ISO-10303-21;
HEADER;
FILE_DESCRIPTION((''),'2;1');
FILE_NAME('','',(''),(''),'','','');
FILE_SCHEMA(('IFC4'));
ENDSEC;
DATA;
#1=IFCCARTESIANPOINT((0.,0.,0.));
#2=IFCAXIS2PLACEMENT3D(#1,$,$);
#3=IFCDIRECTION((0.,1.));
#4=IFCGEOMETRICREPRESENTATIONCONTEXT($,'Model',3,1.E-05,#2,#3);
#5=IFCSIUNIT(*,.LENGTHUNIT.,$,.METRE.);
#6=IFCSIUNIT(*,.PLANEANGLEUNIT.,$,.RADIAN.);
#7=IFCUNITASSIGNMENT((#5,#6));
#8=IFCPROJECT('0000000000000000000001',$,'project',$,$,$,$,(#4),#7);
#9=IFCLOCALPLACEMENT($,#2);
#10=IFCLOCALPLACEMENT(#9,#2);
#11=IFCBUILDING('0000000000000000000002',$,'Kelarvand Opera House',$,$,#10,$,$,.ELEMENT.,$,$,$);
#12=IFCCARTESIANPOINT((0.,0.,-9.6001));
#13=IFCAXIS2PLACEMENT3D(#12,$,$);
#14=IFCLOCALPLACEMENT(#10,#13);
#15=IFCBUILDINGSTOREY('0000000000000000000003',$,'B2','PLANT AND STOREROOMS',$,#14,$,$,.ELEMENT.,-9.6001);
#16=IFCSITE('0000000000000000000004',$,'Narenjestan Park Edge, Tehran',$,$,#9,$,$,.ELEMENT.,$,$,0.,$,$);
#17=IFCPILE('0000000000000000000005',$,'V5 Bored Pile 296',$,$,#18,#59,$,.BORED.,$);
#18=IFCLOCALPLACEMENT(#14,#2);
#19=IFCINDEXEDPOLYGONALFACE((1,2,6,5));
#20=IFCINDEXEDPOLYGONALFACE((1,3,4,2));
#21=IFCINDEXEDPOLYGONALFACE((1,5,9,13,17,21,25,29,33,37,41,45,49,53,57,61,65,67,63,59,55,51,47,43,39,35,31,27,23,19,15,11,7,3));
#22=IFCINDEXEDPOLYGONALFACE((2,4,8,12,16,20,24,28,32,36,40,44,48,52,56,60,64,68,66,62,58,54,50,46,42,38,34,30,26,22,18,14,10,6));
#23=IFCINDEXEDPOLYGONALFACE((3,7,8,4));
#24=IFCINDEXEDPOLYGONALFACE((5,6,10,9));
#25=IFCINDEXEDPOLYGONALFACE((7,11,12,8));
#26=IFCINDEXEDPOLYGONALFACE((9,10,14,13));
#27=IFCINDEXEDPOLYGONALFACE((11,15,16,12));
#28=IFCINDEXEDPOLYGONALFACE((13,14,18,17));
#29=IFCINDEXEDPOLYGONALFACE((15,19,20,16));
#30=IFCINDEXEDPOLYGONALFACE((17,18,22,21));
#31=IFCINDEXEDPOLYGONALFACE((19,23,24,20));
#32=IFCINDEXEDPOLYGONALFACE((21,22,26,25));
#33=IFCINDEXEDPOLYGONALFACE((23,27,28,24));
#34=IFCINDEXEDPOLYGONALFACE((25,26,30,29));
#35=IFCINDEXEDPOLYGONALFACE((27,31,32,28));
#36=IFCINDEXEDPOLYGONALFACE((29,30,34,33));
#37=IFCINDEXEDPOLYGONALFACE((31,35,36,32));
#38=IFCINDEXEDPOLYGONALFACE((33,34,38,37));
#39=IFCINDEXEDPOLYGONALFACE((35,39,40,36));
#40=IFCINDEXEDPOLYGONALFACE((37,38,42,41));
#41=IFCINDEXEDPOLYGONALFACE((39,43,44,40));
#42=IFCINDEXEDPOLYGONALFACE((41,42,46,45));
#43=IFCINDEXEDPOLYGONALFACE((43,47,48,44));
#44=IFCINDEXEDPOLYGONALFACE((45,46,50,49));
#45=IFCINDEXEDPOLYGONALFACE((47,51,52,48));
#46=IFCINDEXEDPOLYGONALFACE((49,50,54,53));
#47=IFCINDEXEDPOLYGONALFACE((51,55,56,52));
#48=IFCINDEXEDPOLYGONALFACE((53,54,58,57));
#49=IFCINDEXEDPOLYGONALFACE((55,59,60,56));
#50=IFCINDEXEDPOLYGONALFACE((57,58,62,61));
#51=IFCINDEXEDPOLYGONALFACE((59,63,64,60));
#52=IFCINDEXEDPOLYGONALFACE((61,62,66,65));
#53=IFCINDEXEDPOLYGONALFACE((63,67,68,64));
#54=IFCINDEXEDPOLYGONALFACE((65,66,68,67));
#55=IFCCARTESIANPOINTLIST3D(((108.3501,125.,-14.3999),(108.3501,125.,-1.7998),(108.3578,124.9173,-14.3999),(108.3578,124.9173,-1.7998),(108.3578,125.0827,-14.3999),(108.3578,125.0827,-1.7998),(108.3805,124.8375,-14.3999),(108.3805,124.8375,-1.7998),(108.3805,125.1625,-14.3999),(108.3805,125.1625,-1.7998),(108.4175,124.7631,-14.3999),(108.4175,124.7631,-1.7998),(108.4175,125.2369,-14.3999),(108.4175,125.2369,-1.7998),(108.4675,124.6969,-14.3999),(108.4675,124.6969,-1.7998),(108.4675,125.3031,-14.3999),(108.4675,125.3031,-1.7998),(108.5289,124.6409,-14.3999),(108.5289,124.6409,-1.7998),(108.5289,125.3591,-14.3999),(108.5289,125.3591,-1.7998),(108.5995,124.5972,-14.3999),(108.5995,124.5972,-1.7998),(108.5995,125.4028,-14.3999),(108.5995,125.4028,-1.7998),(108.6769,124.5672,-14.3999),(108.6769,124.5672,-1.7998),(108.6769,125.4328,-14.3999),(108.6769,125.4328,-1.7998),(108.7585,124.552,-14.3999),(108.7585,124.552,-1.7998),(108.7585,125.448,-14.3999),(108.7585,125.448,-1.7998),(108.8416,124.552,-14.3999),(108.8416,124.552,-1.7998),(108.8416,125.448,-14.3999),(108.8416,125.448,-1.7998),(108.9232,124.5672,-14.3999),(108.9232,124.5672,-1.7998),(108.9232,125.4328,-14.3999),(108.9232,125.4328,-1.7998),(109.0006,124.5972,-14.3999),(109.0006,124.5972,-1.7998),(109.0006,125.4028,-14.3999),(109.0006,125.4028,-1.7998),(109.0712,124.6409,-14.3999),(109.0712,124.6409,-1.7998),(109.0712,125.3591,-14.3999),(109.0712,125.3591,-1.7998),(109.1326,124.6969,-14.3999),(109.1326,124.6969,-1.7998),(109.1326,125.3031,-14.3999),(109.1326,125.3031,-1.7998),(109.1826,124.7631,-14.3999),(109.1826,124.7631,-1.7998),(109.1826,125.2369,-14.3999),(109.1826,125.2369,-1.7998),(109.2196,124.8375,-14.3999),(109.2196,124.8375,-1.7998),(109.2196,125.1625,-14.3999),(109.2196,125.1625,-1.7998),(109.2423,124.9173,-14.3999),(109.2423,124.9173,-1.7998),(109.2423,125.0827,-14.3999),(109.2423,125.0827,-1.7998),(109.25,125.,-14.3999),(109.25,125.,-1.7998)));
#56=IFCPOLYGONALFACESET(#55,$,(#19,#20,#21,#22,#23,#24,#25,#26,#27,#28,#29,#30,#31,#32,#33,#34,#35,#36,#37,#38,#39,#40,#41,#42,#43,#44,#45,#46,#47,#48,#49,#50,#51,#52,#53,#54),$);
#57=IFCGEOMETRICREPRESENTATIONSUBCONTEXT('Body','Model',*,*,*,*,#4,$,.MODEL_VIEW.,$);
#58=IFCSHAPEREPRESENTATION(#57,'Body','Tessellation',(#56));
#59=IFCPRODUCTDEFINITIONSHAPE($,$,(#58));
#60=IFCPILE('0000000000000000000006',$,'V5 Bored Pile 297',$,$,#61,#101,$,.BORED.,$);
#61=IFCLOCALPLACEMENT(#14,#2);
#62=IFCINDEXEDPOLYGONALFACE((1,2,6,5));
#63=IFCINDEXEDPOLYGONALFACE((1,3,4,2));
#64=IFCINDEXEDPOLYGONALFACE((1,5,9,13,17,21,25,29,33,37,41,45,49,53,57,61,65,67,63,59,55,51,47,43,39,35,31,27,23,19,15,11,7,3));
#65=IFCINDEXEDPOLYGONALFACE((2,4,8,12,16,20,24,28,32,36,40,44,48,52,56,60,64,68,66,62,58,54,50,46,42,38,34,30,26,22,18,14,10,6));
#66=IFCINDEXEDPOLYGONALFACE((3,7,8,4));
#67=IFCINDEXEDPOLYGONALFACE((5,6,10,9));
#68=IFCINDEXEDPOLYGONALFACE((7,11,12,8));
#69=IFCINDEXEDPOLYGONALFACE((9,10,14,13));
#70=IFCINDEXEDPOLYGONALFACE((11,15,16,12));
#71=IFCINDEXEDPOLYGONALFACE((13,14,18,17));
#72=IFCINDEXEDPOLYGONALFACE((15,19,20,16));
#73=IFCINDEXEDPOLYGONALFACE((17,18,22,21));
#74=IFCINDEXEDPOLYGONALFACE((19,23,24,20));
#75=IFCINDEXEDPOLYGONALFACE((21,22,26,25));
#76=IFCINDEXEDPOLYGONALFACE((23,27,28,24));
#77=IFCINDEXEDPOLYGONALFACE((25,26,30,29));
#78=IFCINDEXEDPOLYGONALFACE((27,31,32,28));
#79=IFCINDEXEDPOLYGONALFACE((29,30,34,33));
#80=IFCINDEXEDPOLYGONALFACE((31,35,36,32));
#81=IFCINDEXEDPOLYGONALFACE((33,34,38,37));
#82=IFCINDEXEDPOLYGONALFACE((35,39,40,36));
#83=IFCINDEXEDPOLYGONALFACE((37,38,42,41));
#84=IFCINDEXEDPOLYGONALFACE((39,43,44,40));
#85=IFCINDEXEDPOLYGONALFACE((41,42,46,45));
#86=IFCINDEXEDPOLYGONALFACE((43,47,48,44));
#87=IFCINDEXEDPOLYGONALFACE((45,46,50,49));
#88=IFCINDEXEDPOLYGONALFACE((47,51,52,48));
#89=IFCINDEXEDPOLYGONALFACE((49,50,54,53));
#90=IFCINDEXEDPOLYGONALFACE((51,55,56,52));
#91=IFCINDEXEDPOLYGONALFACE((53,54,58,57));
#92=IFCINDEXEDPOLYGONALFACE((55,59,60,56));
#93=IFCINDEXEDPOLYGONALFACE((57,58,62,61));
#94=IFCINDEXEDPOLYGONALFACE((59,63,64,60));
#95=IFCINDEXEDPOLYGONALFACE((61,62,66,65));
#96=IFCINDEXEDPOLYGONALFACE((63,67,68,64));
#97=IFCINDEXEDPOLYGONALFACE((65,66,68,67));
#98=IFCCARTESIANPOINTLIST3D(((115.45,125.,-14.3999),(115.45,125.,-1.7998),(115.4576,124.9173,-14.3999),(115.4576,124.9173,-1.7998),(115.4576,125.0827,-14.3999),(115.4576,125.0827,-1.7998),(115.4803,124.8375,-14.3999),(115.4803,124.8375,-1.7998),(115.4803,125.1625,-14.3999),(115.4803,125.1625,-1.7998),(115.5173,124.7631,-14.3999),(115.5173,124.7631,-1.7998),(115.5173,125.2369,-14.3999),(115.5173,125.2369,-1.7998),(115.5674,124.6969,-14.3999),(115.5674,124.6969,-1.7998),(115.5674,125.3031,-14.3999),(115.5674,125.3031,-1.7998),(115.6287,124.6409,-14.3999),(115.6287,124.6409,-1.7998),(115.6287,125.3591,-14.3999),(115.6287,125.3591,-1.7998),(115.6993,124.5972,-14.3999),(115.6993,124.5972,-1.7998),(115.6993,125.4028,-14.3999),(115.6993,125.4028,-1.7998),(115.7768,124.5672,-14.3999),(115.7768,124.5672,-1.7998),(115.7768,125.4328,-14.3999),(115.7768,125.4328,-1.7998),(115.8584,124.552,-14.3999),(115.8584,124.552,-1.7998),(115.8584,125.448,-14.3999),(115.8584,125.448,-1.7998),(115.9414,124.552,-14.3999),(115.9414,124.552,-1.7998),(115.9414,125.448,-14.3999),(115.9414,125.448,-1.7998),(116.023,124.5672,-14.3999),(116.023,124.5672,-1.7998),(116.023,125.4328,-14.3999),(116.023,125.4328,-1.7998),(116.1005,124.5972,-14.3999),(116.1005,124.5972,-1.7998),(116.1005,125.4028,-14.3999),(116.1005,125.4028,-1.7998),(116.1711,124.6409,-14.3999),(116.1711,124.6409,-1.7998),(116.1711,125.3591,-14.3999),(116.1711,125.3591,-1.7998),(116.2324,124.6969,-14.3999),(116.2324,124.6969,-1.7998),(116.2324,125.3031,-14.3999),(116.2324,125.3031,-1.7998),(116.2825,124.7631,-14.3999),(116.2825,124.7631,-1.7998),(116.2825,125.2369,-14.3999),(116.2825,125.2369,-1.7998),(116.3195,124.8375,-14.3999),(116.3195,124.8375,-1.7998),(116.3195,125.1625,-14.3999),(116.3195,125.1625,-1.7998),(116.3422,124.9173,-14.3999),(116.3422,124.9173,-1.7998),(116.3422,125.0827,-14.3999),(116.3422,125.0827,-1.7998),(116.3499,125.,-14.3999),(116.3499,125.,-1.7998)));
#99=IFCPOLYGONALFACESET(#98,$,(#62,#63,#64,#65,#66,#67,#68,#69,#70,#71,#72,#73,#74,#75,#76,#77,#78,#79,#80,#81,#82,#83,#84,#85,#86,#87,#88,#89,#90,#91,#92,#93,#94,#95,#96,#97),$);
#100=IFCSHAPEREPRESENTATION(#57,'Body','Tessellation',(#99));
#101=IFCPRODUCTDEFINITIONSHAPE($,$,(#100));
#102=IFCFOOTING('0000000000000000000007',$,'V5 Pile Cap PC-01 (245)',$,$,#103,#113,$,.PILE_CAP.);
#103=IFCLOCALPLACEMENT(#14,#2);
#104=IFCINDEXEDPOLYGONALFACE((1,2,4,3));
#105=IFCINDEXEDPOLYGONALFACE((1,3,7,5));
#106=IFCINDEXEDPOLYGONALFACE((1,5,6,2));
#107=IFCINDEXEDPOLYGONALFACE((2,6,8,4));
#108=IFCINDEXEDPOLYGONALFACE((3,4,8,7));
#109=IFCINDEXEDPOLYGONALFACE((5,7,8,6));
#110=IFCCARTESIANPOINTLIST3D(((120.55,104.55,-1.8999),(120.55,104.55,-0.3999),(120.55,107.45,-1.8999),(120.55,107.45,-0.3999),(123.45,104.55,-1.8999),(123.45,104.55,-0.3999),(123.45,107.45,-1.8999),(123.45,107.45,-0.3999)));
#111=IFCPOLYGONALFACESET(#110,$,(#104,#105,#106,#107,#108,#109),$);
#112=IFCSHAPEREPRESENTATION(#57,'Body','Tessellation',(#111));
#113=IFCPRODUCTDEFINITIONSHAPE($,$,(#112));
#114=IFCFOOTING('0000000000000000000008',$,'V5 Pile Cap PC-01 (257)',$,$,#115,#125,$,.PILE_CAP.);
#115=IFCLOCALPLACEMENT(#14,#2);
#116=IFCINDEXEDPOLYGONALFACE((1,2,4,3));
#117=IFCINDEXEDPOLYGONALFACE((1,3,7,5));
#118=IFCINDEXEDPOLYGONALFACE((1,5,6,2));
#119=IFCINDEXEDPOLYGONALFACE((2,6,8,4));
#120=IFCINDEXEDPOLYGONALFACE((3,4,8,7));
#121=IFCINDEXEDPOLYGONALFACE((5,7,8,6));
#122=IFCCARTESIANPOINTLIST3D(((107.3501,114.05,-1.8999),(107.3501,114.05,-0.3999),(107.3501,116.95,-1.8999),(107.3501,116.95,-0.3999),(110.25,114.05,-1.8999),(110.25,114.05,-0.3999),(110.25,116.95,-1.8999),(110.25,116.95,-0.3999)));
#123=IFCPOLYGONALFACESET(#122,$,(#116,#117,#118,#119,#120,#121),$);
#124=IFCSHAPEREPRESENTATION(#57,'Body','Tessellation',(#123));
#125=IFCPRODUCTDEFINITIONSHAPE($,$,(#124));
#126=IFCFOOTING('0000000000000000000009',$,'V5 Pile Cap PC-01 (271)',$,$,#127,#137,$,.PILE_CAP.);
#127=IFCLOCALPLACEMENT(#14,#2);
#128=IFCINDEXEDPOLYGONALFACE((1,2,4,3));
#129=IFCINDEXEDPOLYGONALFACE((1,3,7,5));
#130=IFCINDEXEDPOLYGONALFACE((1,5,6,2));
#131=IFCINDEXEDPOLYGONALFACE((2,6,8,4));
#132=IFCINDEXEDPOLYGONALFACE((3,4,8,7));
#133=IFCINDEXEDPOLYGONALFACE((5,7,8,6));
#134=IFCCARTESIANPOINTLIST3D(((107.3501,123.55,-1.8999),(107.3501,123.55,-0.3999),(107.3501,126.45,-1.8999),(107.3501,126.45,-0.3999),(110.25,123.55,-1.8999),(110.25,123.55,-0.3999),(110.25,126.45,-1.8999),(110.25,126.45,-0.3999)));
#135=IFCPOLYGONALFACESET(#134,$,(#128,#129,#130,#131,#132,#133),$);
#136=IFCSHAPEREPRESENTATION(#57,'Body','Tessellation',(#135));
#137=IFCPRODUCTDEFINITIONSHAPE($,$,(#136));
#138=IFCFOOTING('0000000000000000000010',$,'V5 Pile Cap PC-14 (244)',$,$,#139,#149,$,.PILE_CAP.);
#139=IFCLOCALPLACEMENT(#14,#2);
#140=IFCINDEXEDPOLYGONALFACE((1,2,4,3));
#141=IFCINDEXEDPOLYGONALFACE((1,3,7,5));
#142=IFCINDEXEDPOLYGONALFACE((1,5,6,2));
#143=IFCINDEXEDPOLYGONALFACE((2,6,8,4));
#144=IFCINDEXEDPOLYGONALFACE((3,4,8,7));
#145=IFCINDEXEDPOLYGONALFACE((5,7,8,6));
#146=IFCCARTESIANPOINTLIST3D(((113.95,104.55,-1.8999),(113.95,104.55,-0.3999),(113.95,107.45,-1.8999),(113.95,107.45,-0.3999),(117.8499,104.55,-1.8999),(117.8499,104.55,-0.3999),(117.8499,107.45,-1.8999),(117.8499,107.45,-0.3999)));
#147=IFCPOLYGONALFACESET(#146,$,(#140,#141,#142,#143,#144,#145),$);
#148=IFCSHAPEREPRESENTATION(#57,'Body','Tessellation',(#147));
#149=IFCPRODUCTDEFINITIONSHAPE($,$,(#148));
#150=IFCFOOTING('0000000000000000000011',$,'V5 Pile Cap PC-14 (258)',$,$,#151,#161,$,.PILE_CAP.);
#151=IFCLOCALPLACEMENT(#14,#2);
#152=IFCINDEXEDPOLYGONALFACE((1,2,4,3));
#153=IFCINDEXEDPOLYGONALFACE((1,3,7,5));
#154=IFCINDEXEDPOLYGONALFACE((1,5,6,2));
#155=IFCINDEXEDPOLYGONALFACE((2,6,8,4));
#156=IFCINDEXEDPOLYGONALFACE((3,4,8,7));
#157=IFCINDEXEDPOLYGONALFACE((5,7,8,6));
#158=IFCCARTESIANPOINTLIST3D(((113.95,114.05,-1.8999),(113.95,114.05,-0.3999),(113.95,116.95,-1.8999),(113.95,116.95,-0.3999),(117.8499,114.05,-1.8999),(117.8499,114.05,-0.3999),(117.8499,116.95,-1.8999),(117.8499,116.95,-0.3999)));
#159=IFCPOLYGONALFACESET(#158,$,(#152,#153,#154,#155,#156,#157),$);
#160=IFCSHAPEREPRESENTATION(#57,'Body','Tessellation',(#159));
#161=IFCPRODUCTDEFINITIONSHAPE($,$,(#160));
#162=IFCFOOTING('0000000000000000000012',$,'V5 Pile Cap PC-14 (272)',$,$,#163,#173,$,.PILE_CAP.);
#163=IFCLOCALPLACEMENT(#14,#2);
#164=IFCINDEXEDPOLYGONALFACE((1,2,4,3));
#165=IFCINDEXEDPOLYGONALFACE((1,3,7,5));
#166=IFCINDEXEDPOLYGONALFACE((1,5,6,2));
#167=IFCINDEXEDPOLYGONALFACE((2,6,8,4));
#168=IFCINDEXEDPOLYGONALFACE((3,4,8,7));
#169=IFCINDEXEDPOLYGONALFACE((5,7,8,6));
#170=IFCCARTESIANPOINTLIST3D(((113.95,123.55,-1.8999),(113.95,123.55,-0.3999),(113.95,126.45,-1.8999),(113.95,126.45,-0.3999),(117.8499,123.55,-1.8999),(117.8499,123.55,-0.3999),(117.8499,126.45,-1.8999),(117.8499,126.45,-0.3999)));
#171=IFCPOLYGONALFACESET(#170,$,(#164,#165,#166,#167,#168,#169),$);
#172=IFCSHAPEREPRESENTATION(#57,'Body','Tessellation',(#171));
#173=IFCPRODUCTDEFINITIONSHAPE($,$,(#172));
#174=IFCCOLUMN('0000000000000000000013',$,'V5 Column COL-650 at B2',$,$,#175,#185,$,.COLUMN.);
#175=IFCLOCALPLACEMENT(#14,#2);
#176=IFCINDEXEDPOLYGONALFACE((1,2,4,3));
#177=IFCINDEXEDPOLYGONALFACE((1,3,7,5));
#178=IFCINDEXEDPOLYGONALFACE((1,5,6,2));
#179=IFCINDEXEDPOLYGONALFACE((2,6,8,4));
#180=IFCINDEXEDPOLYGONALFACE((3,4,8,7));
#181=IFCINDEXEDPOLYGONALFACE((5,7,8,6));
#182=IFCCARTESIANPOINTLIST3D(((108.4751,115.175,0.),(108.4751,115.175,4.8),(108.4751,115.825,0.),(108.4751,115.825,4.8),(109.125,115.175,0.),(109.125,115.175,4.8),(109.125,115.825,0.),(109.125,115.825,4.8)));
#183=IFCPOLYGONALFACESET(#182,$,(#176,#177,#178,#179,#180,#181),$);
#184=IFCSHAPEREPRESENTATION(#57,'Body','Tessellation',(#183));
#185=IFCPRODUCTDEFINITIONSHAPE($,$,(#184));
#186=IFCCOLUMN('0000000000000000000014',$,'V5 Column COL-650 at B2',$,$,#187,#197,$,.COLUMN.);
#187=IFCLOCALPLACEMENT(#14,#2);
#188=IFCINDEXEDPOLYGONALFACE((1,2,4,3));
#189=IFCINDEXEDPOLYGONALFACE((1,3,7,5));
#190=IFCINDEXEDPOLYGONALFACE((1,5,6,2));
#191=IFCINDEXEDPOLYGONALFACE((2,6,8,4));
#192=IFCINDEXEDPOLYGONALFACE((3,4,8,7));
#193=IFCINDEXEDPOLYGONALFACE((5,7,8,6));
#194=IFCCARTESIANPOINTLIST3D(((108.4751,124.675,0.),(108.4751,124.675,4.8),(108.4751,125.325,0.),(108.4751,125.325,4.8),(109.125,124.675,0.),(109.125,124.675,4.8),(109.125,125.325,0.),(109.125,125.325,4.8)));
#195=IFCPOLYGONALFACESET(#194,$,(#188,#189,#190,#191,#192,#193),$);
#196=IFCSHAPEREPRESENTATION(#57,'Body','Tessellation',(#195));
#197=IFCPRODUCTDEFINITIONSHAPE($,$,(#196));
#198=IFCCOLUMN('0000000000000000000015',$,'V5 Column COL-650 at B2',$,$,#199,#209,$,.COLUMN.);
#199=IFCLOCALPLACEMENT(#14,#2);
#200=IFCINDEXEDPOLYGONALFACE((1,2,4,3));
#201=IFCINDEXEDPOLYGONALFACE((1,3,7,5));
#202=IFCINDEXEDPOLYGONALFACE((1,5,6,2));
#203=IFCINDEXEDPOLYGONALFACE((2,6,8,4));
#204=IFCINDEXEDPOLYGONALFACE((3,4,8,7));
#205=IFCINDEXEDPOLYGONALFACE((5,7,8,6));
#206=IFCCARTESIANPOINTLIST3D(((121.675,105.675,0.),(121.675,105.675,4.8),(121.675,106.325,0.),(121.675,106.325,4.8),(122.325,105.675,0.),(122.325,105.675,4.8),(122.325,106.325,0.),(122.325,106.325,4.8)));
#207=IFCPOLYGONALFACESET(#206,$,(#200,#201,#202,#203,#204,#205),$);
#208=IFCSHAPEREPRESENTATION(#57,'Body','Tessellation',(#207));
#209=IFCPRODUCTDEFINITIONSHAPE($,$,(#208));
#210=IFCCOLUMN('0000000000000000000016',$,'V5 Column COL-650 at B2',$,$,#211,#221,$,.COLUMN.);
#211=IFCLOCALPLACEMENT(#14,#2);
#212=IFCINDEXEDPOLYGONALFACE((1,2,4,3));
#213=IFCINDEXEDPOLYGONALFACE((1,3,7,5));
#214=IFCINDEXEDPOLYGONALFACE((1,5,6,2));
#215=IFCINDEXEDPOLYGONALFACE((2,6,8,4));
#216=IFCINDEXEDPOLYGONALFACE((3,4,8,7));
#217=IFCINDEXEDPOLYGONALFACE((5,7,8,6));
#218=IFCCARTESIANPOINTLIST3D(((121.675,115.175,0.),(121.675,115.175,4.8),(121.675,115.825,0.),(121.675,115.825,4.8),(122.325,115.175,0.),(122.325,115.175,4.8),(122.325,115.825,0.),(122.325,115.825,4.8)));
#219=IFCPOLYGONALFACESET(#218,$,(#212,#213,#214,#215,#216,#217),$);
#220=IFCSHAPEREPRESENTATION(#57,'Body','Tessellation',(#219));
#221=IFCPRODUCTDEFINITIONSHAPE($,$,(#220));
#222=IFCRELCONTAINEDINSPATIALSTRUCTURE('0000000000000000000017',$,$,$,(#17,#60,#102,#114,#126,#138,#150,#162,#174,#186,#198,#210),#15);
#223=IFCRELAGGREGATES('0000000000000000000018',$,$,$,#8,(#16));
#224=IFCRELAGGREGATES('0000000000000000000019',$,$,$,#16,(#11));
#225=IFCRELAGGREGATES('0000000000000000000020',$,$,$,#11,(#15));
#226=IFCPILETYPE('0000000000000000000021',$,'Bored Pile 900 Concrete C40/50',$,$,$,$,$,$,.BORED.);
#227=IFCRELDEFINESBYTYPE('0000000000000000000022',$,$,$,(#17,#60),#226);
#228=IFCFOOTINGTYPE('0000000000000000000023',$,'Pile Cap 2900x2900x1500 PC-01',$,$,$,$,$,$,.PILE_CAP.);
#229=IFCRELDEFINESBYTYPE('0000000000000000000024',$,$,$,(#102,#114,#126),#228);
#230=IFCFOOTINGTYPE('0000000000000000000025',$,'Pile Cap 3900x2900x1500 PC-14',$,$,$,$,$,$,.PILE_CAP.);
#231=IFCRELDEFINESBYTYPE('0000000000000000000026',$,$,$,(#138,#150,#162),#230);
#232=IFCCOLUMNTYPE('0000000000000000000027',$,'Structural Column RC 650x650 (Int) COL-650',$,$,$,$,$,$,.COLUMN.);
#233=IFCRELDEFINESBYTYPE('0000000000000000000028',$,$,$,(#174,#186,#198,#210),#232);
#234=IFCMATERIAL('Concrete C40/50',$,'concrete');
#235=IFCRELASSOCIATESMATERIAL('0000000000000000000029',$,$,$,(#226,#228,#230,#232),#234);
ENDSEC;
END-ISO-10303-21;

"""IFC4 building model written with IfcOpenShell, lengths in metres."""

from ifc_helpers import new_model, si_unit, direction, frame, origin, origin_2d, place, context, subcontext, project, spatial, rectangle, circle, extrude, material, material_profile, profile_set, type_object, element, save


model = new_model("IFC4")

# Units and contexts
model_context = context("Model", 3, precision=1e-05, world=origin(), true_north=direction((0.0, 1.0)))
body_context = subcontext(model_context, "Body", "Model", "MODEL_VIEW")
ifc_project = project(units=[si_unit("LENGTHUNIT", "METRE"), si_unit("PLANEANGLEUNIT", "RADIAN")], contexts=[model_context])

# Site, building, storey
site_placement = place(None, origin())
site = spatial("IfcSite", under=ifc_project, at=site_placement, Name="Narenjestan Park Edge, Tehran", CompositionType="ELEMENT", RefElevation=0.0)
building_placement = place(site_placement, origin())
building = spatial("IfcBuilding", under=site, at=building_placement, Name="Kelarvand Opera House", CompositionType="ELEMENT")
storey_placement = place(building_placement, frame((0.0, 0.0, -9.6001)))
storey = spatial("IfcBuildingStorey", under=building, at=storey_placement, Name="B2", Description="PLANT AND STOREROOMS", CompositionType="ELEMENT", Elevation=-9.6001)

# Piles
ifc_material_1 = material(Name="Concrete C40/50", Category="concrete")
ifc_material_profile_1 = material_profile(ifc_material_1, circle(Radius=0.45, at=origin_2d()), Name="BP 900", Category="concrete")
ifc_profile_set_1 = profile_set([ifc_material_profile_1], Name="Concrete C40/50")
pile_type = type_object("IfcPileType", Name="Bored Pile 900 Concrete C40/50", PredefinedType="BORED", material=ifc_profile_set_1)
for number, where, z_axis, x_axis, name in (
    (1, (108.8, 125.0, -1.7998), (0.0, 0.0, -1.0), (1.0, 0.0, 0.0), "V5 Bored Pile 296"),
    (2, (115.8999, 125.0, -1.7998), (0.0, 0.0, -1.0), (1.0, 0.0, 0.0), "V5 Bored Pile 297"),
):
    element("IfcPile", number, at=place(storey_placement, frame(where, z_axis=z_axis, x_axis=x_axis)), inside=storey, type_object=pile_type, Name=name, PredefinedType="BORED", context=body_context, shape_type="SweptSolid", body=[
        extrude(circle(Radius=0.45, at=origin_2d()), origin(), (0.0, 0.0, 1.0), 12.6001),
    ])

# Footings
footing_type_1 = type_object("IfcFootingType", Name="Pile Cap 2900x2900x1500 PC-01", PredefinedType="PILE_CAP", material=ifc_material_1)
for number, where, z_axis, x_axis, name in (
    (3, (122.0, 106.0, -1.8999), (0.0, 0.0, 1.0), (1.0, 0.0, 0.0), "V5 Pile Cap PC-01 (245)"),
    (4, (108.8, 115.5, -1.8999), (0.0, 0.0, 1.0), (1.0, 0.0, 0.0), "V5 Pile Cap PC-01 (257)"),
    (5, (108.8, 125.0, -1.8999), (0.0, 0.0, 1.0), (1.0, 0.0, 0.0), "V5 Pile Cap PC-01 (271)"),
):
    element("IfcFooting", number, at=place(storey_placement, frame(where, z_axis=z_axis, x_axis=x_axis)), inside=storey, type_object=footing_type_1, Name=name, PredefinedType="PILE_CAP", context=body_context, shape_type="SweptSolid", body=[
        extrude(rectangle(XDim=2.8999, YDim=2.8999, at=origin_2d()), origin(), (0.0, 0.0, 1.0), 1.5),
    ])
footing_type_2 = type_object("IfcFootingType", Name="Pile Cap 3900x2900x1500 PC-14", PredefinedType="PILE_CAP", material=ifc_material_1)
for number, where, z_axis, x_axis, name in (
    (6, (115.8999, 106.0, -1.8999), (0.0, 0.0, 1.0), (1.0, 0.0, 0.0), "V5 Pile Cap PC-14 (244)"),
    (7, (115.8999, 115.5, -1.8999), (0.0, 0.0, 1.0), (1.0, 0.0, 0.0), "V5 Pile Cap PC-14 (258)"),
    (8, (115.8999, 125.0, -1.8999), (0.0, 0.0, 1.0), (1.0, 0.0, 0.0), "V5 Pile Cap PC-14 (272)"),
):
    element("IfcFooting", number, at=place(storey_placement, frame(where, z_axis=z_axis, x_axis=x_axis)), inside=storey, type_object=footing_type_2, Name=name, PredefinedType="PILE_CAP", context=body_context, shape_type="SweptSolid", body=[
        extrude(rectangle(XDim=3.8999, YDim=2.8999, at=origin_2d()), origin(), (0.0, 0.0, 1.0), 1.5),
    ])

# Columns
ifc_material_profile_2 = material_profile(ifc_material_1, rectangle(XDim=0.6499, YDim=0.6499, at=origin_2d()), Name="RC 650x650", Category="concrete")
ifc_profile_set_2 = profile_set([ifc_material_profile_2], Name="Concrete C40/50")
column_type_1 = type_object("IfcColumnType", Name="Structural Column RC 650x650 (Int) COL-650", PredefinedType="COLUMN", material=ifc_profile_set_2)
for number, where, z_axis, x_axis, name in (
    (9, (108.8, 115.5, 0.0), (0.0, 0.0, 1.0), (1.0, 0.0, 0.0), "V5 Column COL-650 at B2"),
    (10, (108.8, 125.0, 0.0), (0.0, 0.0, 1.0), (1.0, 0.0, 0.0), "V5 Column COL-650 at B2"),
    (11, (122.0, 106.0, 0.0), (0.0, 0.0, 1.0), (1.0, 0.0, 0.0), "V5 Column COL-650 at B2"),
    (12, (122.0, 115.5, 0.0), (0.0, 0.0, 1.0), (1.0, 0.0, 0.0), "V5 Column COL-650 at B2"),
):
    element("IfcColumn", number, at=place(storey_placement, frame(where, z_axis=z_axis, x_axis=x_axis)), inside=storey, type_object=column_type_1, Name=name, PredefinedType="COLUMN", context=body_context, shape_type="SweptSolid", body=[
        extrude(rectangle(XDim=0.6499, YDim=0.6499, at=origin_2d()), origin(), (0.0, 0.0, 1.0), 4.8),
    ])

save(model, "model.ifc")
